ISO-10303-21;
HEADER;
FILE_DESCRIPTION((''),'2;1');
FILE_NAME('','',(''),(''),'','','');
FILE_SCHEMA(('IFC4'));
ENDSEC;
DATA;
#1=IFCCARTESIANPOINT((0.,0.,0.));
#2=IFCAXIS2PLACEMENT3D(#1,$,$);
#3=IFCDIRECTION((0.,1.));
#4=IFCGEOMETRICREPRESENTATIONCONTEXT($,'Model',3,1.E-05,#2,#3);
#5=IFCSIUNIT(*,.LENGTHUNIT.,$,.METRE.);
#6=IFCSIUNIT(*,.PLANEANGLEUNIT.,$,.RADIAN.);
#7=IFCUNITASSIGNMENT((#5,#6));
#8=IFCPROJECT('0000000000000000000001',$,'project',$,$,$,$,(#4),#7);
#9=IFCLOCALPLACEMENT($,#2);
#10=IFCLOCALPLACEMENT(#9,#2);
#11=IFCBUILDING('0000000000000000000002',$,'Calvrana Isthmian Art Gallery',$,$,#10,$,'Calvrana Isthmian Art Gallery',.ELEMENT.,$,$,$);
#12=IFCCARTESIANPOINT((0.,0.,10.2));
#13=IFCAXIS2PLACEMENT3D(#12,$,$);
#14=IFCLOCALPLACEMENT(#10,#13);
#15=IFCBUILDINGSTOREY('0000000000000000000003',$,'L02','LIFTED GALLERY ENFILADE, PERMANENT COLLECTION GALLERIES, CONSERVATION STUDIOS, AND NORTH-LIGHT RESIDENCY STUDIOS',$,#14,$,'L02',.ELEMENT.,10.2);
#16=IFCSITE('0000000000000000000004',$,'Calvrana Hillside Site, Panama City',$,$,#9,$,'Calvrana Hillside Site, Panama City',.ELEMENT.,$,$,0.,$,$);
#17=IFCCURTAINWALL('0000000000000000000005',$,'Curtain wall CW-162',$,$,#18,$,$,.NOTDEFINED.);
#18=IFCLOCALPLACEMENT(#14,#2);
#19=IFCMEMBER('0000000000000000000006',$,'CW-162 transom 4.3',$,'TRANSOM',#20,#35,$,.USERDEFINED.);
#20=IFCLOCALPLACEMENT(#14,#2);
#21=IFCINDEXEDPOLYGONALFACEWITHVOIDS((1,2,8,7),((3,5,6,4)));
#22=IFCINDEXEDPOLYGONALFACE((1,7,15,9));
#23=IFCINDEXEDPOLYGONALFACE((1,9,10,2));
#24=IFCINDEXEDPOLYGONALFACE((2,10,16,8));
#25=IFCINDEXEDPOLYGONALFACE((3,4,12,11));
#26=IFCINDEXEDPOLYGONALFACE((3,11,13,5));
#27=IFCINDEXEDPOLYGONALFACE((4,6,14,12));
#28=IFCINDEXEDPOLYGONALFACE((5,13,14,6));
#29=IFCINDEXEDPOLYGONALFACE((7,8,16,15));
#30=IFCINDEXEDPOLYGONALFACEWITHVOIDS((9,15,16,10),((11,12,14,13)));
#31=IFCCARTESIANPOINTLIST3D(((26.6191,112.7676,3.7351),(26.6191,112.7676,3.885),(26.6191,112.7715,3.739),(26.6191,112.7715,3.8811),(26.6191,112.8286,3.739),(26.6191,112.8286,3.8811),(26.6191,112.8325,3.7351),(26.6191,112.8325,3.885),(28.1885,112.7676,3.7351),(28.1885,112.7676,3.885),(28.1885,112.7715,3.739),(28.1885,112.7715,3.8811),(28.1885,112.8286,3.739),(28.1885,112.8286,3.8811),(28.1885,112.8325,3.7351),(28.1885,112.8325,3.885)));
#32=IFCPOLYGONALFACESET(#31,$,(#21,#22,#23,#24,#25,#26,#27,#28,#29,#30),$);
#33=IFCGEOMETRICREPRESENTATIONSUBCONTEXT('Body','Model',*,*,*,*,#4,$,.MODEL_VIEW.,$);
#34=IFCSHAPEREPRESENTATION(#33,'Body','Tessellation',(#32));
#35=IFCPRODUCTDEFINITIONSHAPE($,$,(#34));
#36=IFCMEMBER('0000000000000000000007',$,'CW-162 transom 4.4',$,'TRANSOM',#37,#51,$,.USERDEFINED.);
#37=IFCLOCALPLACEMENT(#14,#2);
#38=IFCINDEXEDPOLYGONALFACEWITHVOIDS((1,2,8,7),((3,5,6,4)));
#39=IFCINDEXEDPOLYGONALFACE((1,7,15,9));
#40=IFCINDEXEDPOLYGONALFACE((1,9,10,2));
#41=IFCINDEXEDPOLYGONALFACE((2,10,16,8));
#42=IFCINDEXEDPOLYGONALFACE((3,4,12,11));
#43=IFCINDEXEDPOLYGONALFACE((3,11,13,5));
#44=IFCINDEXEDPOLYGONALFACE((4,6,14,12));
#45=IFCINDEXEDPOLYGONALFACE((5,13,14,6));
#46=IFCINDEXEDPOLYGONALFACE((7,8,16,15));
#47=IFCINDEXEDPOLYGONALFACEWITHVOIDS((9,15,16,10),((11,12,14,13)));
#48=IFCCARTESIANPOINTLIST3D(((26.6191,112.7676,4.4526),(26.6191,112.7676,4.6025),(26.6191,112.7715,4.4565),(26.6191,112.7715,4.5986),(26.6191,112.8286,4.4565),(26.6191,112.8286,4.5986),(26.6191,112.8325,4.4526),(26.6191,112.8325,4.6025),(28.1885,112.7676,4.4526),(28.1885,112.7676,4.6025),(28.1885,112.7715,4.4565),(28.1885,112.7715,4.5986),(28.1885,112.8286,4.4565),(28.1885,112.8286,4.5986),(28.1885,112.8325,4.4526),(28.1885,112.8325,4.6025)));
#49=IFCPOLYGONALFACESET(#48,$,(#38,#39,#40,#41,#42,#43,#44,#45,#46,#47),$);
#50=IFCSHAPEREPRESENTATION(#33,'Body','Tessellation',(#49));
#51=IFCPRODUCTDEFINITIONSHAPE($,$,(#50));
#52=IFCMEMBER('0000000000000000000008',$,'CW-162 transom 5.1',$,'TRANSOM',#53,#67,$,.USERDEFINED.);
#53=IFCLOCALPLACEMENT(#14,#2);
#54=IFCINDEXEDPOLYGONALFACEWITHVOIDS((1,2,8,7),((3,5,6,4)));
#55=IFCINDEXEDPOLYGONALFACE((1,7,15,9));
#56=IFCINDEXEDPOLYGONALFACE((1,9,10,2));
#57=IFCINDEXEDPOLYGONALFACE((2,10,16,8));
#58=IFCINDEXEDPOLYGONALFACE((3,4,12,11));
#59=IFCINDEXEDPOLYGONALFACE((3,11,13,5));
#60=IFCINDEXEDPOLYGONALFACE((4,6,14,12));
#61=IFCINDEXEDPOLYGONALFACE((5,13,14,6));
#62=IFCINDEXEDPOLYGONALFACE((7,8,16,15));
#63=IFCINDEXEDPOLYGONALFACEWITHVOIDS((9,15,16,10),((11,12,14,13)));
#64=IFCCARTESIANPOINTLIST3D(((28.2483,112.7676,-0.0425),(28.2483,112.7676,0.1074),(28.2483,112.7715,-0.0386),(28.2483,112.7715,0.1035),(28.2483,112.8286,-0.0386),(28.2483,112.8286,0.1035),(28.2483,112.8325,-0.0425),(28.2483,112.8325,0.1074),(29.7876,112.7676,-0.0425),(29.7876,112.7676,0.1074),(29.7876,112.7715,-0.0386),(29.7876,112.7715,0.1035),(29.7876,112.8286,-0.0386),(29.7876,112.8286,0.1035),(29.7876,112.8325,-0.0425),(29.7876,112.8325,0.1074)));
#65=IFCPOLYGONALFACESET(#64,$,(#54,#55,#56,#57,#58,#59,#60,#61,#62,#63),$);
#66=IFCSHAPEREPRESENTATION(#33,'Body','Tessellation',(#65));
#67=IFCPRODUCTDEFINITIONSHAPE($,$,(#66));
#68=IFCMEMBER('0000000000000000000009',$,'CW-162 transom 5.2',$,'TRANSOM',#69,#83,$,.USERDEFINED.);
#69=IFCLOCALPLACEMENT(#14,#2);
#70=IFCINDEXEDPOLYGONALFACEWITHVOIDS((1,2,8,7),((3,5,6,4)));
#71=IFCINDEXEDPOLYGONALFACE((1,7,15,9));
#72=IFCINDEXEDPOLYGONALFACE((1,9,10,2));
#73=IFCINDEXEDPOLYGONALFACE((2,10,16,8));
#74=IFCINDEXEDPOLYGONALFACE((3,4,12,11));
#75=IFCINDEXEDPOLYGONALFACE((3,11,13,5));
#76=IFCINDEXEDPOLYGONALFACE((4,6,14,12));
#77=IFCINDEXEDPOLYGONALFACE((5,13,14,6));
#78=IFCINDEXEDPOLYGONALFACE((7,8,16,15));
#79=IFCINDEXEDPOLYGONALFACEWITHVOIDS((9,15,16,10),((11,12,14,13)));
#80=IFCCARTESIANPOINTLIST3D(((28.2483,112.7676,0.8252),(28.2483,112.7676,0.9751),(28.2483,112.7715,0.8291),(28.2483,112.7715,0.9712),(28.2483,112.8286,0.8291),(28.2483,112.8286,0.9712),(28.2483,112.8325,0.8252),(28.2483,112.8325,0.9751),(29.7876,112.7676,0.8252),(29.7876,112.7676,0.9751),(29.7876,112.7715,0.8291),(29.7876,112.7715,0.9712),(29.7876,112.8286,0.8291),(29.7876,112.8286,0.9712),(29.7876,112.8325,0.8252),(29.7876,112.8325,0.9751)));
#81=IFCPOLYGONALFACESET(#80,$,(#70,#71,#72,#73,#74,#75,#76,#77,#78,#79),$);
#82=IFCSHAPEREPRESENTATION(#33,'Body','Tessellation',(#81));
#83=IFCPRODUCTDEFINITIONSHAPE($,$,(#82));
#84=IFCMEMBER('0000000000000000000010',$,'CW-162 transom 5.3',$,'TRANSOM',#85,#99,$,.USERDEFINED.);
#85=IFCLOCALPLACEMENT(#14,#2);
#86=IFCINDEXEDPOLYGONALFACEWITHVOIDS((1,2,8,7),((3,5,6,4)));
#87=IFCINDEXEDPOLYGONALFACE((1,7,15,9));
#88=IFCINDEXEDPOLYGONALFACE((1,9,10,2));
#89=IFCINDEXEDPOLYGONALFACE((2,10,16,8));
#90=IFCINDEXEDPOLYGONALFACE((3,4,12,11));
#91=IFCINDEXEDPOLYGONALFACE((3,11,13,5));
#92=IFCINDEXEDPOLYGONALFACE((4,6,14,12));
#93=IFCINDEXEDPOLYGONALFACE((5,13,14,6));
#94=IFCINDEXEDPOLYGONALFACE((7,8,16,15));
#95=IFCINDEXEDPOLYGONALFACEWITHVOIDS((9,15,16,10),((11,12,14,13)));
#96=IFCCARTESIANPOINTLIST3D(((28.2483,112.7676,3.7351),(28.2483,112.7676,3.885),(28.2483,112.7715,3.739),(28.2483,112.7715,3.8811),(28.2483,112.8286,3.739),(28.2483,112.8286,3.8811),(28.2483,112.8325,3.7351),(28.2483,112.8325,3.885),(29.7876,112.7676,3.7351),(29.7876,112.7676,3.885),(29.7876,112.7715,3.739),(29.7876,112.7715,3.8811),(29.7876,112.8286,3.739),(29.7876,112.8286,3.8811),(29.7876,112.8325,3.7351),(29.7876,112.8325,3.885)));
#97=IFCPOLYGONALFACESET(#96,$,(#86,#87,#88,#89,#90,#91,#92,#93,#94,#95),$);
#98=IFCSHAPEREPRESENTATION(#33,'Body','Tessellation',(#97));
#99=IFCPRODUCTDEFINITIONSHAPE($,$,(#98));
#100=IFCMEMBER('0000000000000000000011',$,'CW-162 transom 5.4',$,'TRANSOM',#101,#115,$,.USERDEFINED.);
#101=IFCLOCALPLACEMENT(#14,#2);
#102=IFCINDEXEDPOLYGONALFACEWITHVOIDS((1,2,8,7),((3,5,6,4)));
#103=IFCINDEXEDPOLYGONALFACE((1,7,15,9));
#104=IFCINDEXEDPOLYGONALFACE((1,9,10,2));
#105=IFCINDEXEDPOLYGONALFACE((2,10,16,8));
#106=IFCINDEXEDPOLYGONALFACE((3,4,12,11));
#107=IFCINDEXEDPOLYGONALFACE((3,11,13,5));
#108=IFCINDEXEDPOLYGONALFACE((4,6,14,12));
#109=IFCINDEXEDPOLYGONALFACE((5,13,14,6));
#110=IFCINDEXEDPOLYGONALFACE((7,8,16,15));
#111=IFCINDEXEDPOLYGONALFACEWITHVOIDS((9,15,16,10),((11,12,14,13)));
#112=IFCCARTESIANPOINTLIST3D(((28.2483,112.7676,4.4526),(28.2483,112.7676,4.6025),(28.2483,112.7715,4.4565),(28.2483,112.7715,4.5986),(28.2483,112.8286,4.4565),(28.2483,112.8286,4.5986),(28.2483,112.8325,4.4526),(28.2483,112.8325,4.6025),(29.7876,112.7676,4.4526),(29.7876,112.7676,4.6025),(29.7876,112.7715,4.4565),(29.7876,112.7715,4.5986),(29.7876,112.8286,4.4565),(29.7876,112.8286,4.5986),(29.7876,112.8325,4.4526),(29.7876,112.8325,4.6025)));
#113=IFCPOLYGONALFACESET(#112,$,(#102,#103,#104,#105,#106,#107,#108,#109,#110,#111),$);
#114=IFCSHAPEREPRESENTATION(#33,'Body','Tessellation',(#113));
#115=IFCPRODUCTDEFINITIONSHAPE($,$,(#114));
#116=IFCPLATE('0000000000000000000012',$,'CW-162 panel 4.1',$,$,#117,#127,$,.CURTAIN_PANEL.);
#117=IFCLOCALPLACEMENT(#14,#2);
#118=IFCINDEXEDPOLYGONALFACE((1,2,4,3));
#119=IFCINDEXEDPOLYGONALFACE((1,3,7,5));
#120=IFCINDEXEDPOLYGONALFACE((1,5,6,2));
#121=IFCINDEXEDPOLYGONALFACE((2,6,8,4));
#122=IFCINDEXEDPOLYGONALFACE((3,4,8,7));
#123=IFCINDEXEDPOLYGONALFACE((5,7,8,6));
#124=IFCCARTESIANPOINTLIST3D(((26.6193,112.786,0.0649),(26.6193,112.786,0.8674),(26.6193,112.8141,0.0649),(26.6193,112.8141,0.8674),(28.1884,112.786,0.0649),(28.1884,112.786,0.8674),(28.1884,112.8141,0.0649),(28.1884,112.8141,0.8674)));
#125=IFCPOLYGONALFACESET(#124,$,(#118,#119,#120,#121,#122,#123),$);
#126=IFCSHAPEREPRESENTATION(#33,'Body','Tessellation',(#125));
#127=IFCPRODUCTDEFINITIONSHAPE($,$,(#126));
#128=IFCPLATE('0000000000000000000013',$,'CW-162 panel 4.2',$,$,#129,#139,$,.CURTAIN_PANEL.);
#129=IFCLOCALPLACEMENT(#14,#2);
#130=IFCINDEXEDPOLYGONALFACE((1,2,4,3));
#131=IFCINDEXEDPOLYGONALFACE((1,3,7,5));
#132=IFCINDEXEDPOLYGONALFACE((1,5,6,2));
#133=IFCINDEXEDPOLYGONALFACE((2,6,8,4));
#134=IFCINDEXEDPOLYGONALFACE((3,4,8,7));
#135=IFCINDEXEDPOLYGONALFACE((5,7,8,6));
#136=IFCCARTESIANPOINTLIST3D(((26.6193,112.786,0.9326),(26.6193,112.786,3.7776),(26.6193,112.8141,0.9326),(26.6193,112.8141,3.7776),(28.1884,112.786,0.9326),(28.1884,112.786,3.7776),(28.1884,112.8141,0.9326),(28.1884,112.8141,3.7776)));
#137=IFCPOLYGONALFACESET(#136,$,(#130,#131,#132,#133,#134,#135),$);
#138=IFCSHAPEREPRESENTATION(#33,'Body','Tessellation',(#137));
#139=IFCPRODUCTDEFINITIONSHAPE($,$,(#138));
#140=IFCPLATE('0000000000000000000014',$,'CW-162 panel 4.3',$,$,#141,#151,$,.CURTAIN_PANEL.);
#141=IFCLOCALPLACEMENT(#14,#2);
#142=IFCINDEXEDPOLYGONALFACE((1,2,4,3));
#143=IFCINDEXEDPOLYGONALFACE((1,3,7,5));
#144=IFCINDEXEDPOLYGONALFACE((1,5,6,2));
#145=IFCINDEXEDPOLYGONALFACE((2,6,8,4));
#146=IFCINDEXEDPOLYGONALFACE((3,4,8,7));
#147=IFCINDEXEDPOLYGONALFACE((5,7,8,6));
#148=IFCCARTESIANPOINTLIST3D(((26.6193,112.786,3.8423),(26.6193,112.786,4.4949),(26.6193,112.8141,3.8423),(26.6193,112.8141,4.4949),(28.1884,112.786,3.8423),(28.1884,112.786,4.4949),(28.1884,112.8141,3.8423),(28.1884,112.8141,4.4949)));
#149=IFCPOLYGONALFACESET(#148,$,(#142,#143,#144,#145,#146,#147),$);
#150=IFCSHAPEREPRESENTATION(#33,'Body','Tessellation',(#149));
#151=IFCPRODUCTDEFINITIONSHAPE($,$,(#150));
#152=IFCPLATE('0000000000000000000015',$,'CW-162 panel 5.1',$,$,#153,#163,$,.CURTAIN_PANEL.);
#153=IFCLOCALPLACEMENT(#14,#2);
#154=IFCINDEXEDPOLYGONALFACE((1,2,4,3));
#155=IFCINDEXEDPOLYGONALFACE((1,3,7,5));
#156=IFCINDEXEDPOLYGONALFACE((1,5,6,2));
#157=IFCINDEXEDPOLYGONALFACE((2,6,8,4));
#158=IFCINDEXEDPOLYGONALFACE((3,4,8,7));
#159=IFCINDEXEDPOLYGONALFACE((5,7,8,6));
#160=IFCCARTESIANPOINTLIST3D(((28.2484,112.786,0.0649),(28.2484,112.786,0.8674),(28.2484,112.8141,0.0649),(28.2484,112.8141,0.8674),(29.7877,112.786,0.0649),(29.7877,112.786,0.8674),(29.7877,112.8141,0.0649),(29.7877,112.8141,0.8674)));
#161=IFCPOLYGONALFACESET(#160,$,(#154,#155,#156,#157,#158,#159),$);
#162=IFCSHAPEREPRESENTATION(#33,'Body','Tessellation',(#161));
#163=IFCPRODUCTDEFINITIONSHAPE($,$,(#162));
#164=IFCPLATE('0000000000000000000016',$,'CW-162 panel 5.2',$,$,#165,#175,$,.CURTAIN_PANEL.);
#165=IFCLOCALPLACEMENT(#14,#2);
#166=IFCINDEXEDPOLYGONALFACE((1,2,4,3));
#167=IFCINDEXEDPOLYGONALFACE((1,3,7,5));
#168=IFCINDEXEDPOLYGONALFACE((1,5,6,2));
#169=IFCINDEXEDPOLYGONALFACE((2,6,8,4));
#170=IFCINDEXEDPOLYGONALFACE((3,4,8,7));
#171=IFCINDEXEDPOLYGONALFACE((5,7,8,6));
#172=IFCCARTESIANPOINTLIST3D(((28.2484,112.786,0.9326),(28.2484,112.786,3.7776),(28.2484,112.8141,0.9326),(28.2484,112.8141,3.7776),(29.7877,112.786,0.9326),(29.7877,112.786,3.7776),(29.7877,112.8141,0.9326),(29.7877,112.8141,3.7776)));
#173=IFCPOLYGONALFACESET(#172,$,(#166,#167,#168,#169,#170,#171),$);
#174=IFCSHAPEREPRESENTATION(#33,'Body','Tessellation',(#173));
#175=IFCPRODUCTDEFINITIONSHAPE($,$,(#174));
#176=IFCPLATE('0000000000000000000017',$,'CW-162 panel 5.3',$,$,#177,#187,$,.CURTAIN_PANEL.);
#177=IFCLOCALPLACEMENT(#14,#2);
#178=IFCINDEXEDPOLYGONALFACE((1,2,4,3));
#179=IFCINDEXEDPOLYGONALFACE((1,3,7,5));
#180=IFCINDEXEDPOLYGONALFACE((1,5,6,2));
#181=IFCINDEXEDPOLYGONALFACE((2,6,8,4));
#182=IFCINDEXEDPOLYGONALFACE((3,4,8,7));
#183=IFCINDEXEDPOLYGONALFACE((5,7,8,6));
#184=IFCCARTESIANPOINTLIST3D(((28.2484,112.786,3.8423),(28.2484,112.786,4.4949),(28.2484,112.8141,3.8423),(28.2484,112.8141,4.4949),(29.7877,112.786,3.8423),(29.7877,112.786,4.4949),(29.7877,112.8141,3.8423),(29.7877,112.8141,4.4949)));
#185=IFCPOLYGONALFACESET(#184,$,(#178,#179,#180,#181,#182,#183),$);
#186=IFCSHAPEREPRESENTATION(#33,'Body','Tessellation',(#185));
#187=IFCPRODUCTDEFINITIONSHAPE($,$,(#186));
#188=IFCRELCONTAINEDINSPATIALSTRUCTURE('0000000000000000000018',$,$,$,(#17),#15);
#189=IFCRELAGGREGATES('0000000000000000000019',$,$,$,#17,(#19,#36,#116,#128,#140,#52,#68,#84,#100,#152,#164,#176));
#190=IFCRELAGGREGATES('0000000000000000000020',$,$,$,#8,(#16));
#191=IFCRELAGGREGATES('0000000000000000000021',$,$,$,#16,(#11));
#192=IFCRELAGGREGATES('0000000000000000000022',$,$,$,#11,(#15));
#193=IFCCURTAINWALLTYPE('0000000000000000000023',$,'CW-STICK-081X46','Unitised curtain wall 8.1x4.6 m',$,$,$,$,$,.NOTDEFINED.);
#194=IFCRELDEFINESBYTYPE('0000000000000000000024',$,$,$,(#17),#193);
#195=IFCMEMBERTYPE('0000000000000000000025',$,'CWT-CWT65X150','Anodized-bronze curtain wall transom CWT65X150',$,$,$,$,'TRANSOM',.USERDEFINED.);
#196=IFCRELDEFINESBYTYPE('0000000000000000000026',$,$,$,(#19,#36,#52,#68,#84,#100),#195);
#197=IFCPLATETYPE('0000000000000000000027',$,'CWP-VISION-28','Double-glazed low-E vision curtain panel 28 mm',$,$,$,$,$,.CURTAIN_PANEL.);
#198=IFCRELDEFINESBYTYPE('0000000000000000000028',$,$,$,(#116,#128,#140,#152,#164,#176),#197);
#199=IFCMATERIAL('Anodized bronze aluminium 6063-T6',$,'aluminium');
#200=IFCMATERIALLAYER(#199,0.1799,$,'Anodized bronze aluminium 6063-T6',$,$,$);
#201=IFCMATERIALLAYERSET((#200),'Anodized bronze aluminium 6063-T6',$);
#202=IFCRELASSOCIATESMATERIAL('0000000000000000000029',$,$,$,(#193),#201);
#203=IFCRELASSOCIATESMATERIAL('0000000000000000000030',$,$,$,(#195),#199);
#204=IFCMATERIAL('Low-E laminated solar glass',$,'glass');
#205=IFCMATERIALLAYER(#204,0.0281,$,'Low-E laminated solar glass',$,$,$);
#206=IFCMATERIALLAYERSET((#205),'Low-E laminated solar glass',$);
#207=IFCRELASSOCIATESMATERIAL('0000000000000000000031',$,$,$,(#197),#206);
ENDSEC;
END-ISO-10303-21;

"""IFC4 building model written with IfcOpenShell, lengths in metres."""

from ifc_helpers import new_model, si_unit, direction, frame, origin, origin_2d, place, context, subcontext, project, spatial, rectangle, hollow_rectangle, extrude, material, layer, layer_set, material_profile, profile_set, type_object, element, aggregate, save


model = new_model("IFC4")

# Units and contexts
model_context = context("Model", 3, precision=1e-05, world=origin(), true_north=direction((0.0, 1.0)))
body_context = subcontext(model_context, "Body", "Model", "MODEL_VIEW")
ifc_project = project(units=[si_unit("LENGTHUNIT", "METRE"), si_unit("PLANEANGLEUNIT", "RADIAN")], contexts=[model_context])

# Site, building, storey
site_placement = place(None, origin())
site = spatial("IfcSite", under=ifc_project, at=site_placement, Name="Calvrana Hillside Site, Panama City", LongName="Calvrana Hillside Site, Panama City", CompositionType="ELEMENT", RefElevation=0.0)
building_placement = place(site_placement, origin())
building = spatial("IfcBuilding", under=site, at=building_placement, Name="Calvrana Isthmian Art Gallery", LongName="Calvrana Isthmian Art Gallery", CompositionType="ELEMENT")
storey_placement = place(building_placement, frame((0.0, 0.0, 10.2)))
storey = spatial("IfcBuildingStorey", under=building, at=storey_placement, Name="L02", Description="LIFTED GALLERY ENFILADE, PERMANENT COLLECTION GALLERIES, CONSERVATION STUDIOS, AND NORTH-LIGHT RESIDENCY STUDIOS", LongName="L02", CompositionType="ELEMENT", Elevation=10.2)

# Curtain wall, members, plates
ifc_material_1 = material(Name="Anodized bronze aluminium 6063-T6", Category="aluminium")
ifc_layer_1 = layer(ifc_material_1, 0.1799, Name="Anodized bronze aluminium 6063-T6")
ifc_layer_set_1 = layer_set([ifc_layer_1], Name="Anodized bronze aluminium 6063-T6")
curtain_wall_type = type_object("IfcCurtainWallType", Name="CW-STICK-081X46", Description="Unitised curtain wall 8.1x4.6 m", PredefinedType="NOTDEFINED", material=ifc_layer_set_1)
curtain_wall_placement = place(storey_placement, origin())
curtain_wall = element("IfcCurtainWall", 1, at=curtain_wall_placement, inside=storey, type_object=curtain_wall_type, Name="Curtain wall CW-162", PredefinedType="NOTDEFINED")
ifc_material_profile_1 = material_profile(ifc_material_1, hollow_rectangle(XDim=0.0649, YDim=0.1499, WallThickness=0.0039, at=origin_2d()), Name="CWT65X150")
ifc_profile_set_1 = profile_set([ifc_material_profile_1], Name="Anodized bronze aluminium 6063-T6")
member_type_1 = type_object("IfcMemberType", Name="CWT-CWT65X150", Description="Anodized-bronze curtain wall transom CWT65X150", ElementType="TRANSOM", PredefinedType="USERDEFINED", material=ifc_profile_set_1)
member_1_placement = place(storey_placement, frame((26.6191, 112.8, 3.8101), z_axis=(1.0, 0.0, 0.0), x_axis=(0.0, 1.0, 0.0)))
member_1 = element("IfcMember", 2, at=member_1_placement, type_object=member_type_1, Name="CW-162 transom 4.3", ObjectType="TRANSOM", PredefinedType="USERDEFINED", context=body_context, shape_type="SweptSolid", body=[
    extrude(hollow_rectangle(XDim=0.0649, YDim=0.1499, WallThickness=0.0039, at=origin_2d()), origin(), (0.0, 0.0, 1.0), 1.5693),
])
member_2_placement = place(storey_placement, frame((26.6191, 112.8, 4.5276), z_axis=(1.0, 0.0, 0.0), x_axis=(0.0, 1.0, 0.0)))
member_2 = element("IfcMember", 3, at=member_2_placement, type_object=member_type_1, Name="CW-162 transom 4.4", ObjectType="TRANSOM", PredefinedType="USERDEFINED", context=body_context, shape_type="SweptSolid", body=[
    extrude(hollow_rectangle(XDim=0.0649, YDim=0.1499, WallThickness=0.0039, at=origin_2d()), origin(), (0.0, 0.0, 1.0), 1.5693),
])
member_3_placement = place(storey_placement, frame((28.2483, 112.8, 0.0325), z_axis=(1.0, 0.0, 0.0), x_axis=(0.0, 1.0, 0.0)))
member_3 = element("IfcMember", 4, at=member_3_placement, type_object=member_type_1, Name="CW-162 transom 5.1", ObjectType="TRANSOM", PredefinedType="USERDEFINED", context=body_context, shape_type="SweptSolid", body=[
    extrude(hollow_rectangle(XDim=0.0649, YDim=0.1499, WallThickness=0.0039, at=origin_2d()), origin(), (0.0, 0.0, 1.0), 1.5393),
])
member_4_placement = place(storey_placement, frame((28.2483, 112.8, 0.9001), z_axis=(1.0, 0.0, 0.0), x_axis=(0.0, 1.0, 0.0)))
member_4 = element("IfcMember", 5, at=member_4_placement, type_object=member_type_1, Name="CW-162 transom 5.2", ObjectType="TRANSOM", PredefinedType="USERDEFINED", context=body_context, shape_type="SweptSolid", body=[
    extrude(hollow_rectangle(XDim=0.0649, YDim=0.1499, WallThickness=0.0039, at=origin_2d()), origin(), (0.0, 0.0, 1.0), 1.5393),
])
member_5_placement = place(storey_placement, frame((28.2483, 112.8, 3.8101), z_axis=(1.0, 0.0, 0.0), x_axis=(0.0, 1.0, 0.0)))
member_5 = element("IfcMember", 6, at=member_5_placement, type_object=member_type_1, Name="CW-162 transom 5.3", ObjectType="TRANSOM", PredefinedType="USERDEFINED", context=body_context, shape_type="SweptSolid", body=[
    extrude(hollow_rectangle(XDim=0.0649, YDim=0.1499, WallThickness=0.0039, at=origin_2d()), origin(), (0.0, 0.0, 1.0), 1.5393),
])
member_6_placement = place(storey_placement, frame((28.2483, 112.8, 4.5276), z_axis=(1.0, 0.0, 0.0), x_axis=(0.0, 1.0, 0.0)))
member_6 = element("IfcMember", 7, at=member_6_placement, type_object=member_type_1, Name="CW-162 transom 5.4", ObjectType="TRANSOM", PredefinedType="USERDEFINED", context=body_context, shape_type="SweptSolid", body=[
    extrude(hollow_rectangle(XDim=0.0649, YDim=0.1499, WallThickness=0.0039, at=origin_2d()), origin(), (0.0, 0.0, 1.0), 1.5393),
])
ifc_material_2 = material(Name="Low-E laminated solar glass", Category="glass")
ifc_layer_2 = layer(ifc_material_2, 0.0281, Name="Low-E laminated solar glass")
ifc_layer_set_2 = layer_set([ifc_layer_2], Name="Low-E laminated solar glass")
plate_type_1 = type_object("IfcPlateType", Name="CWP-VISION-28", Description="Double-glazed low-E vision curtain panel 28 mm", PredefinedType="CURTAIN_PANEL", material=ifc_layer_set_2)
plate_1_placement = place(storey_placement, frame((27.4038, 112.8, 0.0649), z_axis=(0.0, 0.0, 1.0), x_axis=(1.0, 0.0, 0.0)))
plate_1 = element("IfcPlate", 8, at=plate_1_placement, type_object=plate_type_1, Name="CW-162 panel 4.1", PredefinedType="CURTAIN_PANEL", context=body_context, shape_type="SweptSolid", body=[
    extrude(rectangle(XDim=1.5691, YDim=0.0281, at=origin_2d()), origin(), (0.0, 0.0, 1.0), 0.8025),
])
plate_2_placement = place(storey_placement, frame((27.4038, 112.8, 0.9326), z_axis=(0.0, 0.0, 1.0), x_axis=(1.0, 0.0, 0.0)))
plate_2 = element("IfcPlate", 9, at=plate_2_placement, type_object=plate_type_1, Name="CW-162 panel 4.2", PredefinedType="CURTAIN_PANEL", context=body_context, shape_type="SweptSolid", body=[
    extrude(rectangle(XDim=1.5691, YDim=0.0281, at=origin_2d()), origin(), (0.0, 0.0, 1.0), 2.845),
])
plate_3_placement = place(storey_placement, frame((27.4038, 112.8, 3.8423), z_axis=(0.0, 0.0, 1.0), x_axis=(1.0, 0.0, 0.0)))
plate_3 = element("IfcPlate", 10, at=plate_3_placement, type_object=plate_type_1, Name="CW-162 panel 4.3", PredefinedType="CURTAIN_PANEL", context=body_context, shape_type="SweptSolid", body=[
    extrude(rectangle(XDim=1.5691, YDim=0.0281, at=origin_2d()), origin(), (0.0, 0.0, 1.0), 0.6526),
])
plate_4_placement = place(storey_placement, frame((29.0181, 112.8, 0.0649), z_axis=(0.0, 0.0, 1.0), x_axis=(1.0, 0.0, 0.0)))
plate_4 = element("IfcPlate", 11, at=plate_4_placement, type_object=plate_type_1, Name="CW-162 panel 5.1", PredefinedType="CURTAIN_PANEL", context=body_context, shape_type="SweptSolid", body=[
    extrude(rectangle(XDim=1.5393, YDim=0.0281, at=origin_2d()), origin(), (0.0, 0.0, 1.0), 0.8025),
])
plate_5_placement = place(storey_placement, frame((29.0181, 112.8, 0.9326), z_axis=(0.0, 0.0, 1.0), x_axis=(1.0, 0.0, 0.0)))
plate_5 = element("IfcPlate", 12, at=plate_5_placement, type_object=plate_type_1, Name="CW-162 panel 5.2", PredefinedType="CURTAIN_PANEL", context=body_context, shape_type="SweptSolid", body=[
    extrude(rectangle(XDim=1.5393, YDim=0.0281, at=origin_2d()), origin(), (0.0, 0.0, 1.0), 2.845),
])
plate_6_placement = place(storey_placement, frame((29.0181, 112.8, 3.8423), z_axis=(0.0, 0.0, 1.0), x_axis=(1.0, 0.0, 0.0)))
plate_6 = element("IfcPlate", 13, at=plate_6_placement, type_object=plate_type_1, Name="CW-162 panel 5.3", PredefinedType="CURTAIN_PANEL", context=body_context, shape_type="SweptSolid", body=[
    extrude(rectangle(XDim=1.5393, YDim=0.0281, at=origin_2d()), origin(), (0.0, 0.0, 1.0), 0.6526),
])
aggregate(curtain_wall, [member_1, member_2, plate_1, plate_2, plate_3, member_3, member_4, member_5, member_6, plate_4, plate_5, plate_6])

save(model, "model.ifc")
